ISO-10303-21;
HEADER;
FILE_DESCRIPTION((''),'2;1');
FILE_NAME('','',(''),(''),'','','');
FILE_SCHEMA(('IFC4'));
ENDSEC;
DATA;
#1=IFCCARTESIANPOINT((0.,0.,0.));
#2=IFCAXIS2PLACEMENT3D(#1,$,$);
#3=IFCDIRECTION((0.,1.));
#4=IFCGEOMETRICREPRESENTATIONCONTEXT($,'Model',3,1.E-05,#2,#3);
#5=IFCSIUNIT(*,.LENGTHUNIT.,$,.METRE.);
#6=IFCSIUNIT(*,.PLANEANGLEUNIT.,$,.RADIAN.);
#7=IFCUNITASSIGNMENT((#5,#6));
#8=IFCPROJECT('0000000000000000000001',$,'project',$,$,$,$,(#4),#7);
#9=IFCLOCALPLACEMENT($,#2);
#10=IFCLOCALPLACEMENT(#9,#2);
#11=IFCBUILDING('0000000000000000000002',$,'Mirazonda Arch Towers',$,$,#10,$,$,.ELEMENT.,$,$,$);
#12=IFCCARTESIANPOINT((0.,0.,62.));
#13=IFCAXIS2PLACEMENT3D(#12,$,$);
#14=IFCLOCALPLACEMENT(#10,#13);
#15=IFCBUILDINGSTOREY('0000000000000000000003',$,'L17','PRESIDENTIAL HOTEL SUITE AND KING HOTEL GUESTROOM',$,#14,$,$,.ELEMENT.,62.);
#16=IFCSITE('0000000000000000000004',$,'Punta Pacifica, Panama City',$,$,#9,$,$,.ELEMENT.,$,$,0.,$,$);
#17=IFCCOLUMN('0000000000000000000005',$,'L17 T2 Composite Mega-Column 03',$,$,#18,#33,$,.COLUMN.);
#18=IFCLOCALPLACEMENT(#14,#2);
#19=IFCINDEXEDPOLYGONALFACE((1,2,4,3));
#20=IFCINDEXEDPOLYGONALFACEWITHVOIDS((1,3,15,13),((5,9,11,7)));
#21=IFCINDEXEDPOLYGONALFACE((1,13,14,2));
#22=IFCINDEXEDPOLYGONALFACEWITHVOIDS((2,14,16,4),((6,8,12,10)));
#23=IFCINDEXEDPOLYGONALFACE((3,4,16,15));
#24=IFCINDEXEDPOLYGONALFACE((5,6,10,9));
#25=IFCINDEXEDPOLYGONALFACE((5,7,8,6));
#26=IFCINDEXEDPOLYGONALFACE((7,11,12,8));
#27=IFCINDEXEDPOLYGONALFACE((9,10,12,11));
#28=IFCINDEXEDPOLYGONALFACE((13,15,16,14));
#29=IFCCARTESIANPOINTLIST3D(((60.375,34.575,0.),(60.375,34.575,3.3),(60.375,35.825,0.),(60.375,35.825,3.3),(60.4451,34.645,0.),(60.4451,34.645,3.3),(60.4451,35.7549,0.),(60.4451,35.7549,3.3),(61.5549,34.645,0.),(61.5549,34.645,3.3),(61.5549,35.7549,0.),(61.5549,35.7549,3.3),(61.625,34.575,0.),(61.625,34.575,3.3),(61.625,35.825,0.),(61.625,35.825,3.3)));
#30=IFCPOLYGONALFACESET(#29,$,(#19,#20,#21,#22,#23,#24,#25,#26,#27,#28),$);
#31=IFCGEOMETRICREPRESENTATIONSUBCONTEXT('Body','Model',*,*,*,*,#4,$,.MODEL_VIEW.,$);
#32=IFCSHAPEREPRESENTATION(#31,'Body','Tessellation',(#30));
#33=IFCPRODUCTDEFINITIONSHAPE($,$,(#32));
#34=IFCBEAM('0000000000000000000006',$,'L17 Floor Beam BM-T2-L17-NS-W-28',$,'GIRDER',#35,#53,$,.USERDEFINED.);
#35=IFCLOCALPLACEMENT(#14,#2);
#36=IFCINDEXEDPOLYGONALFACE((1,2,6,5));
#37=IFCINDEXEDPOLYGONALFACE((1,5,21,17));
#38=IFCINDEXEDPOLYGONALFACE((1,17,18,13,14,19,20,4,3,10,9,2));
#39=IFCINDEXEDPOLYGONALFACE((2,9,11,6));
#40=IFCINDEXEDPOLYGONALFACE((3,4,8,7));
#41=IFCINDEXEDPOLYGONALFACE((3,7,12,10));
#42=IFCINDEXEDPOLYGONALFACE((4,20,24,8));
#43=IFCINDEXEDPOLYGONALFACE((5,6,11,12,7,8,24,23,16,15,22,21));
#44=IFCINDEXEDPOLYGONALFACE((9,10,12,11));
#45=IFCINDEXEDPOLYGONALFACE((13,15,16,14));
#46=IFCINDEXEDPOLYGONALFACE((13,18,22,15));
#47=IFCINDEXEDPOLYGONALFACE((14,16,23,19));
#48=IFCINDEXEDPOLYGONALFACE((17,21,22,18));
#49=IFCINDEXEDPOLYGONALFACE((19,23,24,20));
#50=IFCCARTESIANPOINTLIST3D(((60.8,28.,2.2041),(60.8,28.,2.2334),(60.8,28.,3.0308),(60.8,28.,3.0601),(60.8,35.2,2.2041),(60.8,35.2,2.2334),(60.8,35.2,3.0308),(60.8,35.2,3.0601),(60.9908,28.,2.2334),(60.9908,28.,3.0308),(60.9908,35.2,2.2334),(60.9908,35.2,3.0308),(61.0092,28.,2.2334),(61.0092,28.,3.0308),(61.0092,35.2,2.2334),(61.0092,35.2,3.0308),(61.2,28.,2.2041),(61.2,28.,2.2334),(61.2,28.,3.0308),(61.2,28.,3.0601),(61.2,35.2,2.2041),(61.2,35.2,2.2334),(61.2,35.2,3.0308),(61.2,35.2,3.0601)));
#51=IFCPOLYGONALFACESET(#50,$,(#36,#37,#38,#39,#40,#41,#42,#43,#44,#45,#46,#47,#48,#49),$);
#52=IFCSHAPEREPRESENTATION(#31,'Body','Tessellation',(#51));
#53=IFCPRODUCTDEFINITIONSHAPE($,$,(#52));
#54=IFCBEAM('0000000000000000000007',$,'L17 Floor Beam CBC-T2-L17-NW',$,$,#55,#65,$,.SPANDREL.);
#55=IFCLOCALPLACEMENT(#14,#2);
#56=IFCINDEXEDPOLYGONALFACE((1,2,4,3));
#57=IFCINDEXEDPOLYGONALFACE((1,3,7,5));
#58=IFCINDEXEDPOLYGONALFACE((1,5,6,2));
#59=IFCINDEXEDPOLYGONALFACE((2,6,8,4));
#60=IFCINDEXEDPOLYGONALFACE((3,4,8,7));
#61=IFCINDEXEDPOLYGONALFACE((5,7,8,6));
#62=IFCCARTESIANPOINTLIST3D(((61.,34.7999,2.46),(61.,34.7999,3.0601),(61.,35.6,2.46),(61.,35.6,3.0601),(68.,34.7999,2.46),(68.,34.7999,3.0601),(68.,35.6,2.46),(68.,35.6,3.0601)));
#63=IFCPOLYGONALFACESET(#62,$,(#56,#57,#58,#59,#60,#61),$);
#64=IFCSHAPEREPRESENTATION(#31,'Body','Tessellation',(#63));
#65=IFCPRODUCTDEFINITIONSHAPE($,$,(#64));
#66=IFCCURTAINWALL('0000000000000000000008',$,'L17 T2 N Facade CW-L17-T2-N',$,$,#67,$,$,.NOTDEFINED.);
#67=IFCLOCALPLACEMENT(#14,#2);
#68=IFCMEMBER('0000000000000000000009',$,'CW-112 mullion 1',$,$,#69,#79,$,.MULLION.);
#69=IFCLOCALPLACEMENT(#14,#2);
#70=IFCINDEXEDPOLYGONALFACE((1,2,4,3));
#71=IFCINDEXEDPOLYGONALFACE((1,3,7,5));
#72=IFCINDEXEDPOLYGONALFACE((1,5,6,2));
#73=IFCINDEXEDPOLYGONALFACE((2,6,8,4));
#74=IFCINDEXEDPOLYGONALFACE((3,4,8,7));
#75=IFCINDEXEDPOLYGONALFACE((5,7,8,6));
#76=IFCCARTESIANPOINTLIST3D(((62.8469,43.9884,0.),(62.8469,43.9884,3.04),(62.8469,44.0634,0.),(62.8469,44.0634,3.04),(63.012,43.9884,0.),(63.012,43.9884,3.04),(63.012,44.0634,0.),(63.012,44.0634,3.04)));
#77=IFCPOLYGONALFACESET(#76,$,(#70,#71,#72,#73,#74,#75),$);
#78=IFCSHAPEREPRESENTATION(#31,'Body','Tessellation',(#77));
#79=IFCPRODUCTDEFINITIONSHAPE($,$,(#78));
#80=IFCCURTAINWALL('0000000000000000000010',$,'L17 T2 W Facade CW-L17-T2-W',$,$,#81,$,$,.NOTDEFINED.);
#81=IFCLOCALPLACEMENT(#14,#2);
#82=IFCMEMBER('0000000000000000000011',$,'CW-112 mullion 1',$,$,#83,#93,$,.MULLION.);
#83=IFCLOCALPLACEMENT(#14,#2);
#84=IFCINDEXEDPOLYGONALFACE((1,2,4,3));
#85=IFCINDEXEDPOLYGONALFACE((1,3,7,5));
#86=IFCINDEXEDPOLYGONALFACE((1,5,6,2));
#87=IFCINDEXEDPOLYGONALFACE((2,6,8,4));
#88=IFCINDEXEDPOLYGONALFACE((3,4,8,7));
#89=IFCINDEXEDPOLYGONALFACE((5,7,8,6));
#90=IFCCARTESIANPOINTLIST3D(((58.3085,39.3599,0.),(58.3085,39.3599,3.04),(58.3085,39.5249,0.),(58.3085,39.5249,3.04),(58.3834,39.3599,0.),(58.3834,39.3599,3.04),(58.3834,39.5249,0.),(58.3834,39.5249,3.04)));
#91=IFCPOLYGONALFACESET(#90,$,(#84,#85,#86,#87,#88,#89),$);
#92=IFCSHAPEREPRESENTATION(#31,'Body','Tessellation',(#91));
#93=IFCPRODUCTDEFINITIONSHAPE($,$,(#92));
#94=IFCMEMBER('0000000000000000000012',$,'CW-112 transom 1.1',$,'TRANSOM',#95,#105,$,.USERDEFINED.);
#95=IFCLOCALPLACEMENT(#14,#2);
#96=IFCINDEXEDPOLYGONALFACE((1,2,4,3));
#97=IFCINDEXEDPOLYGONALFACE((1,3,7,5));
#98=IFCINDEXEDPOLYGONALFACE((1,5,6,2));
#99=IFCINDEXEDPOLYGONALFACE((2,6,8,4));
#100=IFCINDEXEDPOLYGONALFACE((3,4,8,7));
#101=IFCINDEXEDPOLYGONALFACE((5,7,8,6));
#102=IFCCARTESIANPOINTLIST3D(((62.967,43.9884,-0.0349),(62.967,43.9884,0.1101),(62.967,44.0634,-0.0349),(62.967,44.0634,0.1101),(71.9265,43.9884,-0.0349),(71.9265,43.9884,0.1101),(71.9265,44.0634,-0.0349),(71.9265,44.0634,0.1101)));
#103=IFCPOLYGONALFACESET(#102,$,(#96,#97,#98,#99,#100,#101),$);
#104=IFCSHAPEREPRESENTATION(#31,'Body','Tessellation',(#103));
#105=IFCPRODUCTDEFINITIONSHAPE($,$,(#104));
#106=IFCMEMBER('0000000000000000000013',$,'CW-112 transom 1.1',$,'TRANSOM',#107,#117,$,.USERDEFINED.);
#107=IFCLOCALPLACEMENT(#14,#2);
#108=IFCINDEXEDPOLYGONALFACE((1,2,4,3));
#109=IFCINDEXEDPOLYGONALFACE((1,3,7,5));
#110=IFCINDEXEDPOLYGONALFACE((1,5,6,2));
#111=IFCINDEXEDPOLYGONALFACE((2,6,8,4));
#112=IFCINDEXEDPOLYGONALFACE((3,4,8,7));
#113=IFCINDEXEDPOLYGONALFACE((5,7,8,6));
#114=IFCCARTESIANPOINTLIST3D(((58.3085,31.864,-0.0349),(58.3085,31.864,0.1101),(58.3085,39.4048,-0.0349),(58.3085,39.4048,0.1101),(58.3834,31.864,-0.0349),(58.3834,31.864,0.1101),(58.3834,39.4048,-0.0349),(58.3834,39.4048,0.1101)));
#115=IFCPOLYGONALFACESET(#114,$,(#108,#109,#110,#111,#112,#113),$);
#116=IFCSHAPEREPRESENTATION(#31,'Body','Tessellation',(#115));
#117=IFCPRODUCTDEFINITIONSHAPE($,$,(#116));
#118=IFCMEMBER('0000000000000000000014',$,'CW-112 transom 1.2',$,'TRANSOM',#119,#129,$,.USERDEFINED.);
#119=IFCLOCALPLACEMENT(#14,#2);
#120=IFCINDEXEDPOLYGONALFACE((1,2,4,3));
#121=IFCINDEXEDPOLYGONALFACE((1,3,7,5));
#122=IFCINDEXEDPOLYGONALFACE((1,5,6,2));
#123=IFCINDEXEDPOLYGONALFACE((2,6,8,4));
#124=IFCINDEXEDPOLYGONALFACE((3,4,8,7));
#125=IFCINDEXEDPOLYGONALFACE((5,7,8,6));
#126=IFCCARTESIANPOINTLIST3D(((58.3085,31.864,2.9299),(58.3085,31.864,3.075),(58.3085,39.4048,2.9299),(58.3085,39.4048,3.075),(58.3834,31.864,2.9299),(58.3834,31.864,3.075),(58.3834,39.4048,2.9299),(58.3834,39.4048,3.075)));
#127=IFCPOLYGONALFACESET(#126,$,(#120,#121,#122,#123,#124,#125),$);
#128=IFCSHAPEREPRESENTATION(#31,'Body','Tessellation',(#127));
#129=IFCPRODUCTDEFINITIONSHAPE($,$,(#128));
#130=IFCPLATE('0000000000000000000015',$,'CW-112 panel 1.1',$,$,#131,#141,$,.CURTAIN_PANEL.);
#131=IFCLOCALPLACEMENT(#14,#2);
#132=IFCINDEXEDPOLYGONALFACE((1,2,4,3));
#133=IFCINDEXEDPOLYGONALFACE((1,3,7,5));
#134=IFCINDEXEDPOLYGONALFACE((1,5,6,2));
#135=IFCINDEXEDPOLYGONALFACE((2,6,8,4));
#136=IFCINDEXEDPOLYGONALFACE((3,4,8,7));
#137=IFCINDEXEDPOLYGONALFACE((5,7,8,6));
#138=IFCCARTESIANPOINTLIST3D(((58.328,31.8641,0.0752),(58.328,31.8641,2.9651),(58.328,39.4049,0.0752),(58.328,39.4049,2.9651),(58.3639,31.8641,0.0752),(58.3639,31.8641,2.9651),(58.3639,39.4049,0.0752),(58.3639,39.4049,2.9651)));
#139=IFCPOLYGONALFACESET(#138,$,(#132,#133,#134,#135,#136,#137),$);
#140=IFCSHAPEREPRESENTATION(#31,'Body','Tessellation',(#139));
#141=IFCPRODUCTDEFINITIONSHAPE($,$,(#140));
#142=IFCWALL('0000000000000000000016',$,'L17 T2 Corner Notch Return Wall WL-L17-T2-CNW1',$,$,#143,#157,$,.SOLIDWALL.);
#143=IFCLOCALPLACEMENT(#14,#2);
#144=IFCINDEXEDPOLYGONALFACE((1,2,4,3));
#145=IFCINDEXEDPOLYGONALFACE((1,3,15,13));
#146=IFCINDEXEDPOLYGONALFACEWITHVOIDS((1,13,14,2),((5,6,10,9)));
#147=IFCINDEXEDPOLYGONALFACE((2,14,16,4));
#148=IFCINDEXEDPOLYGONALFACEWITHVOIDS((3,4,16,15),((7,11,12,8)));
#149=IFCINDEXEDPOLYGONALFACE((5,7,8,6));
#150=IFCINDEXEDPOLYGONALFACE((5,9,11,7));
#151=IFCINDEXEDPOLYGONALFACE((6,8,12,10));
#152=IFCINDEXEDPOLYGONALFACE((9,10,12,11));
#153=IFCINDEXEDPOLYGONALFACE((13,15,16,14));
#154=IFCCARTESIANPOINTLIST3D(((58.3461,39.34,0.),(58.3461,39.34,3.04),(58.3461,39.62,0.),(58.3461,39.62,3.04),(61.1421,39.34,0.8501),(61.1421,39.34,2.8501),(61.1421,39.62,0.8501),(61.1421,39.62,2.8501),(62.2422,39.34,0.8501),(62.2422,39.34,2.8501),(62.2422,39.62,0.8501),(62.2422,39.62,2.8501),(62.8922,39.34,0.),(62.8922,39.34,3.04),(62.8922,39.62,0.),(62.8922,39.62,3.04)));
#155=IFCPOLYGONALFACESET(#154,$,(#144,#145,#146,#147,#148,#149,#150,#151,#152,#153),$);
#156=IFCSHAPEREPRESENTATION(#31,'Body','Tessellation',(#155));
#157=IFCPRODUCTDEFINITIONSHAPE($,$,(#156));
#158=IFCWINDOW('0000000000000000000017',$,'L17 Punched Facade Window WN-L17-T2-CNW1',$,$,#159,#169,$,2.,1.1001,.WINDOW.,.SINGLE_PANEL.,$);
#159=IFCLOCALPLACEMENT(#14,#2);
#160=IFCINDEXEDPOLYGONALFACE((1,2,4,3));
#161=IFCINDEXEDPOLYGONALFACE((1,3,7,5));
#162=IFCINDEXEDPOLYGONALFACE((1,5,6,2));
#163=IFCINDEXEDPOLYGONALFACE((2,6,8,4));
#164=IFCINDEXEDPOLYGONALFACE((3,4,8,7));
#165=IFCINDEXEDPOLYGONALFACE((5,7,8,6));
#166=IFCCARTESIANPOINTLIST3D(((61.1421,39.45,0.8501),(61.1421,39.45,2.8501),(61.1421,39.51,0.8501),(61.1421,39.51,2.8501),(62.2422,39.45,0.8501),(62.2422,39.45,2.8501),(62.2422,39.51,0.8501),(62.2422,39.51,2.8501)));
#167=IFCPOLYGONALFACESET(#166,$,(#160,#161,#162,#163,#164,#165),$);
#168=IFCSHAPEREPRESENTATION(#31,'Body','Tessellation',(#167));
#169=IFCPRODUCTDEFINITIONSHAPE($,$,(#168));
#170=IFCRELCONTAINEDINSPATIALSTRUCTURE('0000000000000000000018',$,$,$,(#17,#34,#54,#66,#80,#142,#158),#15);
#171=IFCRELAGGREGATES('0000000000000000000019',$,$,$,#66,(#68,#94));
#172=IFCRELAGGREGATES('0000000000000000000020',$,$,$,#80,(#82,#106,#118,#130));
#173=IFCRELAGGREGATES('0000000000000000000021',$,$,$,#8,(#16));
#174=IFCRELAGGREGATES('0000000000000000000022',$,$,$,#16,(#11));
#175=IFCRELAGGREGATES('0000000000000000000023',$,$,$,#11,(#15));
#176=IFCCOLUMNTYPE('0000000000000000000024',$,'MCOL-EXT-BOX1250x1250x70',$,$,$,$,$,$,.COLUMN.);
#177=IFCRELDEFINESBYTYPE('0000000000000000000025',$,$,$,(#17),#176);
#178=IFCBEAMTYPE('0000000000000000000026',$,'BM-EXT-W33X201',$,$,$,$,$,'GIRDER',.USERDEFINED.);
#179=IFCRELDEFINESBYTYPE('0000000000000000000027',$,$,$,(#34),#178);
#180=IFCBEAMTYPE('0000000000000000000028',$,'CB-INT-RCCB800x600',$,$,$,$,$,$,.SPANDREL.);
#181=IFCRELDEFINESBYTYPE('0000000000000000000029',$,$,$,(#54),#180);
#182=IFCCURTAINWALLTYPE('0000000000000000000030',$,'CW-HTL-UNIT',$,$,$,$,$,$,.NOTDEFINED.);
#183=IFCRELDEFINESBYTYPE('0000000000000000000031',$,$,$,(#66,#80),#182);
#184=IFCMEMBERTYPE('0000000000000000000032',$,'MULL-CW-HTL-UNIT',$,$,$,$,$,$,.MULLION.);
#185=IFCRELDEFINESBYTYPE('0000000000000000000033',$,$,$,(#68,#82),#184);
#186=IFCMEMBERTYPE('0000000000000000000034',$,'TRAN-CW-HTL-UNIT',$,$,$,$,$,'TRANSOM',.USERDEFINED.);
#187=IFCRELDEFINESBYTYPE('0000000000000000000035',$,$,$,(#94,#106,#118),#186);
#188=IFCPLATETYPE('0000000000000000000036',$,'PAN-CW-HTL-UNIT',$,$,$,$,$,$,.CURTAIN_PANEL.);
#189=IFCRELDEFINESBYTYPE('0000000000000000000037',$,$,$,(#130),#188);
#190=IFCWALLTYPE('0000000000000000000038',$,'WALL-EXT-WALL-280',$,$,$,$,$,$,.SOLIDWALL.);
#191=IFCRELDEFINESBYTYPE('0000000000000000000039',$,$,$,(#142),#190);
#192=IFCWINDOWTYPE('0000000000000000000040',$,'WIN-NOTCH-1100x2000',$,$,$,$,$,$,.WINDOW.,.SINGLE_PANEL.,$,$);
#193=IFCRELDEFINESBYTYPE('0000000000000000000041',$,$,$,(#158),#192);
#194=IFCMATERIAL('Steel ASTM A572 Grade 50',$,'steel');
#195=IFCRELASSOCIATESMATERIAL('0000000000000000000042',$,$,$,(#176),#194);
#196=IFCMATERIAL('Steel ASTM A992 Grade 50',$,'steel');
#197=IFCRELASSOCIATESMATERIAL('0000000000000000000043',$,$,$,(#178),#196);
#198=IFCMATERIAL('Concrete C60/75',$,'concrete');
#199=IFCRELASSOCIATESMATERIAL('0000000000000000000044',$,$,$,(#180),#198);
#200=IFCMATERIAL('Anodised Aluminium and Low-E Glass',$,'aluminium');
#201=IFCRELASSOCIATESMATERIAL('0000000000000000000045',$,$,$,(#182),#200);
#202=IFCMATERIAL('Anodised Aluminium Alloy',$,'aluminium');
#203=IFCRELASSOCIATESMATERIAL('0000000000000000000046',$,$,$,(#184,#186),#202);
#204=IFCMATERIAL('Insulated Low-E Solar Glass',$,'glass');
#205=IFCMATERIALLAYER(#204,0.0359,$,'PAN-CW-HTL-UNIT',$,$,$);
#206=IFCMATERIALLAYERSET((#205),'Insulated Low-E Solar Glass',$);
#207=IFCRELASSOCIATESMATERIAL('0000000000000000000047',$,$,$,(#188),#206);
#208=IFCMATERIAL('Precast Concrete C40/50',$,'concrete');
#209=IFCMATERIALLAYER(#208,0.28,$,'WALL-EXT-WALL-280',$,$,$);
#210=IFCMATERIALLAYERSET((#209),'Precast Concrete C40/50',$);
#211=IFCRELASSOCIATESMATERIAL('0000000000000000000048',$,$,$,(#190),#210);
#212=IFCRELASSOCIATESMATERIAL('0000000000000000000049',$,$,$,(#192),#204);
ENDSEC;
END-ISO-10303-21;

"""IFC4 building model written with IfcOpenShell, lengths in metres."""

from ifc_helpers import new_model, si_unit, direction, frame, frame_2d, origin, origin_2d, place, context, subcontext, project, spatial, rectangle, hollow_rectangle, i_section, extrude, material, layer, layer_set, material_profile, profile_set, type_object, element, fill, aggregate, save


model = new_model("IFC4")

# Units and contexts
model_context = context("Model", 3, precision=1e-05, world=origin(), true_north=direction((0.0, 1.0)))
body_context = subcontext(model_context, "Body", "Model", "MODEL_VIEW")
ifc_project = project(units=[si_unit("LENGTHUNIT", "METRE"), si_unit("PLANEANGLEUNIT", "RADIAN")], contexts=[model_context])

# Site, building, storey
site_placement = place(None, origin())
site = spatial("IfcSite", under=ifc_project, at=site_placement, Name="Punta Pacifica, Panama City", CompositionType="ELEMENT", RefElevation=0.0)
building_placement = place(site_placement, origin())
building = spatial("IfcBuilding", under=site, at=building_placement, Name="Mirazonda Arch Towers", CompositionType="ELEMENT")
storey_placement = place(building_placement, frame((0.0, 0.0, 62.0)))
storey = spatial("IfcBuildingStorey", under=building, at=storey_placement, Name="L17", Description="PRESIDENTIAL HOTEL SUITE AND KING HOTEL GUESTROOM", CompositionType="ELEMENT", Elevation=62.0)

# Column
ifc_material_1 = material(Name="Steel ASTM A572 Grade 50", Category="steel")
ifc_material_profile_1 = material_profile(ifc_material_1, hollow_rectangle(XDim=1.25, YDim=1.25, WallThickness=0.0701, at=origin_2d()), Name="BOX1250x1250x70")
ifc_profile_set_1 = profile_set([ifc_material_profile_1], Name="Steel ASTM A572 Grade 50")
column_type = type_object("IfcColumnType", Name="MCOL-EXT-BOX1250x1250x70", PredefinedType="COLUMN", material=ifc_profile_set_1)
column_placement = place(storey_placement, frame((61.0, 35.2, 0.0), z_axis=(0.0, 0.0, 1.0), x_axis=(1.0, 0.0, 0.0)))
element("IfcColumn", 1, at=column_placement, inside=storey, type_object=column_type, Name="L17 T2 Composite Mega-Column 03", PredefinedType="COLUMN", context=body_context, shape_type="SweptSolid", body=[
    extrude(hollow_rectangle(XDim=1.25, YDim=1.25, WallThickness=0.0701, at=origin_2d()), origin(), (0.0, 0.0, 1.0), 3.3),
])

# Beams
ifc_material_2 = material(Name="Steel ASTM A992 Grade 50", Category="steel")
ifc_material_profile_2 = material_profile(ifc_material_2, i_section(OverallWidth=0.3999, OverallDepth=0.856, WebThickness=0.0183, FlangeThickness=0.0293, at=origin_2d()), Name="W33X201")
ifc_profile_set_2 = profile_set([ifc_material_profile_2], Name="Steel ASTM A992 Grade 50")
beam_type_1 = type_object("IfcBeamType", Name="BM-EXT-W33X201", ElementType="GIRDER", PredefinedType="USERDEFINED", material=ifc_profile_set_2)
beam_1_placement = place(storey_placement, frame((61.0, 28.0, 2.6321), z_axis=(0.0, 1.0, 0.0), x_axis=(-1.0, 0.0, 0.0)))
element("IfcBeam", 2, at=beam_1_placement, inside=storey, type_object=beam_type_1, Name="L17 Floor Beam BM-T2-L17-NS-W-28", ObjectType="GIRDER", PredefinedType="USERDEFINED", context=body_context, shape_type="SweptSolid", body=[
    extrude(i_section(OverallWidth=0.3999, OverallDepth=0.856, WebThickness=0.0183, FlangeThickness=0.0293, at=origin_2d()), origin(), (0.0, 0.0, 1.0), 7.2),
])
ifc_material_3 = material(Name="Concrete C60/75", Category="concrete")
ifc_material_profile_3 = material_profile(ifc_material_3, rectangle(XDim=0.8, YDim=0.6001, at=origin_2d()), Name="RCCB800x600")
ifc_profile_set_3 = profile_set([ifc_material_profile_3], Name="Concrete C60/75")
beam_type_2 = type_object("IfcBeamType", Name="CB-INT-RCCB800x600", PredefinedType="SPANDREL", material=ifc_profile_set_3)
beam_2_placement = place(storey_placement, frame((61.0, 35.2, 2.76), z_axis=(1.0, 0.0, 0.0), x_axis=(0.0, 1.0, 0.0)))
element("IfcBeam", 3, at=beam_2_placement, inside=storey, type_object=beam_type_2, Name="L17 Floor Beam CBC-T2-L17-NW", PredefinedType="SPANDREL", context=body_context, shape_type="SweptSolid", body=[
    extrude(rectangle(XDim=0.8, YDim=0.6001, at=origin_2d()), origin(), (0.0, 0.0, 1.0), 7.0),
])

# Curtain walls, members
ifc_material_4 = material(Name="Anodised Aluminium and Low-E Glass", Category="aluminium")
curtain_wall_type = type_object("IfcCurtainWallType", Name="CW-HTL-UNIT", PredefinedType="NOTDEFINED", material=ifc_material_4)
curtain_wall_1_placement = place(storey_placement, origin())
curtain_wall_1 = element("IfcCurtainWall", 4, at=curtain_wall_1_placement, inside=storey, type_object=curtain_wall_type, Name="L17 T2 N Facade CW-L17-T2-N", PredefinedType="NOTDEFINED")
ifc_material_5 = material(Name="Anodised Aluminium Alloy", Category="aluminium")
ifc_material_profile_4 = material_profile(ifc_material_5, rectangle(XDim=0.075, YDim=0.165, at=origin_2d()), Name="ALU-MULL-75x165")
ifc_profile_set_4 = profile_set([ifc_material_profile_4], Name="Anodised Aluminium Alloy")
member_type_1 = type_object("IfcMemberType", Name="MULL-CW-HTL-UNIT", PredefinedType="MULLION", material=ifc_profile_set_4)
member_1_placement = place(storey_placement, frame((62.9294, 44.0259, 0.0), z_axis=(0.0, 0.0, 1.0), x_axis=(0.0, 1.0, 0.0)))
member_1 = element("IfcMember", 5, at=member_1_placement, type_object=member_type_1, Name="CW-112 mullion 1", PredefinedType="MULLION", context=body_context, shape_type="SweptSolid", body=[
    extrude(rectangle(XDim=0.075, YDim=0.165, at=origin_2d()), origin(), (0.0, 0.0, 1.0), 3.04),
])
curtain_wall_2_placement = place(storey_placement, origin())
curtain_wall_2 = element("IfcCurtainWall", 6, at=curtain_wall_2_placement, inside=storey, type_object=curtain_wall_type, Name="L17 T2 W Facade CW-L17-T2-W", PredefinedType="NOTDEFINED")
member_2_placement = place(storey_placement, frame((58.3459, 39.4424, 0.0), z_axis=(0.0, 0.0, 1.0), x_axis=(1.0, 0.0, 0.0)))
member_2 = element("IfcMember", 7, at=member_2_placement, type_object=member_type_1, Name="CW-112 mullion 1", PredefinedType="MULLION", context=body_context, shape_type="SweptSolid", body=[
    extrude(rectangle(XDim=0.075, YDim=0.165, at=origin_2d()), origin(), (0.0, 0.0, 1.0), 3.04),
])

# Members
ifc_material_profile_5 = material_profile(ifc_material_5, rectangle(XDim=0.075, YDim=0.145, at=origin_2d()), Name="ALU-TRAN-75x145")
ifc_profile_set_5 = profile_set([ifc_material_profile_5], Name="Anodised Aluminium Alloy")
member_type_2 = type_object("IfcMemberType", Name="TRAN-CW-HTL-UNIT", ElementType="TRANSOM", PredefinedType="USERDEFINED", material=ifc_profile_set_5)
member_3_placement = place(storey_placement, frame((62.967, 44.0259, 0.0376), z_axis=(1.0, 0.0, 0.0), x_axis=(0.0, 1.0, 0.0)))
member_3 = element("IfcMember", 8, at=member_3_placement, type_object=member_type_2, Name="CW-112 transom 1.1", ObjectType="TRANSOM", PredefinedType="USERDEFINED", context=body_context, shape_type="SweptSolid", body=[
    extrude(rectangle(XDim=0.075, YDim=0.145, at=origin_2d()), origin(), (0.0, 0.0, 1.0), 8.9595),
])
aggregate(curtain_wall_1, [member_1, member_3])
member_4_placement = place(storey_placement, frame((58.3459, 39.4048, 0.0376), z_axis=(0.0, -1.0, 0.0), x_axis=(1.0, 0.0, 0.0)))
member_4 = element("IfcMember", 9, at=member_4_placement, type_object=member_type_2, Name="CW-112 transom 1.1", ObjectType="TRANSOM", PredefinedType="USERDEFINED", context=body_context, shape_type="SweptSolid", body=[
    extrude(rectangle(XDim=0.075, YDim=0.145, at=origin_2d()), origin(), (0.0, 0.0, 1.0), 7.5408),
])
member_5_placement = place(storey_placement, frame((58.3459, 39.4048, 3.0024), z_axis=(0.0, -1.0, 0.0), x_axis=(1.0, 0.0, 0.0)))
member_5 = element("IfcMember", 10, at=member_5_placement, type_object=member_type_2, Name="CW-112 transom 1.2", ObjectType="TRANSOM", PredefinedType="USERDEFINED", context=body_context, shape_type="SweptSolid", body=[
    extrude(rectangle(XDim=0.075, YDim=0.145, at=origin_2d()), origin(), (0.0, 0.0, 1.0), 7.5408),
])

# Plate
ifc_material_6 = material(Name="Insulated Low-E Solar Glass", Category="glass")
ifc_layer_1 = layer(ifc_material_6, 0.0359, Name="PAN-CW-HTL-UNIT")
ifc_layer_set_1 = layer_set([ifc_layer_1], Name="Insulated Low-E Solar Glass")
plate_type = type_object("IfcPlateType", Name="PAN-CW-HTL-UNIT", PredefinedType="CURTAIN_PANEL", material=ifc_layer_set_1)
plate_placement = place(storey_placement, frame((58.3459, 35.6345, 0.0752), z_axis=(0.0, 0.0, 1.0), x_axis=(0.0, -1.0, 0.0)))
plate = element("IfcPlate", 11, at=plate_placement, type_object=plate_type, Name="CW-112 panel 1.1", PredefinedType="CURTAIN_PANEL", context=body_context, shape_type="SweptSolid", body=[
    extrude(rectangle(XDim=7.5408, YDim=0.0359, at=origin_2d()), origin(), (0.0, 0.0, 1.0), 2.8899),
])
aggregate(curtain_wall_2, [member_2, member_4, member_5, plate])

# Wall, opening, window
ifc_material_7 = material(Name="Precast Concrete C40/50", Category="concrete")
ifc_layer_2 = layer(ifc_material_7, 0.28, Name="WALL-EXT-WALL-280")
ifc_layer_set_2 = layer_set([ifc_layer_2], Name="Precast Concrete C40/50")
wall_type_1 = type_object("IfcWallType", Name="WALL-EXT-WALL-280", PredefinedType="SOLIDWALL", material=ifc_layer_set_2)
wall_1_placement = place(storey_placement, frame((62.8921, 39.48, 0.0), z_axis=(0.0, 0.0, 1.0), x_axis=(-1.0, 0.0, 0.0)))
wall_1 = element("IfcWall", 12, at=wall_1_placement, inside=storey, type_object=wall_type_1, Name="L17 T2 Corner Notch Return Wall WL-L17-T2-CNW1", PredefinedType="SOLIDWALL", context=body_context, shape_type="SweptSolid", body=[
    extrude(rectangle(XDim=4.5461, YDim=0.28, at=frame_2d((2.2729, 0.0))), origin(), (0.0, 0.0, 1.0), 3.04),
])
opening_1_placement = place(wall_1_placement, frame((0.6499, 0.0, 0.8501)))
opening_1 = element("IfcOpeningElement", 13, at=opening_1_placement, cuts=wall_1, PredefinedType="OPENING", context=body_context, shape_type="SweptSolid", body=[
    extrude(rectangle(XDim=1.1001, YDim=2.0, at=frame_2d((0.55, 1.0))), frame((0.0, 0.1499, 0.0), z_axis=(0.0, -1.0, 0.0), x_axis=(1.0, 0.0, 0.0)), (0.0, 0.0, 1.0), 0.3),
])
window_type = type_object("IfcWindowType", Name="WIN-NOTCH-1100x2000", PartitioningType="SINGLE_PANEL", PredefinedType="WINDOW", material=ifc_material_6)
window_placement = place(opening_1_placement, origin())
window = element("IfcWindow", 14, at=window_placement, inside=storey, type_object=window_type, Name="L17 Punched Facade Window WN-L17-T2-CNW1", OverallHeight=2.0, OverallWidth=1.1001, PartitioningType="SINGLE_PANEL", PredefinedType="WINDOW", context=body_context, shape_type="SweptSolid", body=[
    extrude(rectangle(XDim=1.1001, YDim=2.0, at=frame_2d((0.55, 1.0))), frame((0.0, 0.03, 0.0), z_axis=(0.0, -1.0, 0.0), x_axis=(1.0, 0.0, 0.0)), (0.0, 0.0, 1.0), 0.0601),
])
fill(opening_1, window)

save(model, "model.ifc")
